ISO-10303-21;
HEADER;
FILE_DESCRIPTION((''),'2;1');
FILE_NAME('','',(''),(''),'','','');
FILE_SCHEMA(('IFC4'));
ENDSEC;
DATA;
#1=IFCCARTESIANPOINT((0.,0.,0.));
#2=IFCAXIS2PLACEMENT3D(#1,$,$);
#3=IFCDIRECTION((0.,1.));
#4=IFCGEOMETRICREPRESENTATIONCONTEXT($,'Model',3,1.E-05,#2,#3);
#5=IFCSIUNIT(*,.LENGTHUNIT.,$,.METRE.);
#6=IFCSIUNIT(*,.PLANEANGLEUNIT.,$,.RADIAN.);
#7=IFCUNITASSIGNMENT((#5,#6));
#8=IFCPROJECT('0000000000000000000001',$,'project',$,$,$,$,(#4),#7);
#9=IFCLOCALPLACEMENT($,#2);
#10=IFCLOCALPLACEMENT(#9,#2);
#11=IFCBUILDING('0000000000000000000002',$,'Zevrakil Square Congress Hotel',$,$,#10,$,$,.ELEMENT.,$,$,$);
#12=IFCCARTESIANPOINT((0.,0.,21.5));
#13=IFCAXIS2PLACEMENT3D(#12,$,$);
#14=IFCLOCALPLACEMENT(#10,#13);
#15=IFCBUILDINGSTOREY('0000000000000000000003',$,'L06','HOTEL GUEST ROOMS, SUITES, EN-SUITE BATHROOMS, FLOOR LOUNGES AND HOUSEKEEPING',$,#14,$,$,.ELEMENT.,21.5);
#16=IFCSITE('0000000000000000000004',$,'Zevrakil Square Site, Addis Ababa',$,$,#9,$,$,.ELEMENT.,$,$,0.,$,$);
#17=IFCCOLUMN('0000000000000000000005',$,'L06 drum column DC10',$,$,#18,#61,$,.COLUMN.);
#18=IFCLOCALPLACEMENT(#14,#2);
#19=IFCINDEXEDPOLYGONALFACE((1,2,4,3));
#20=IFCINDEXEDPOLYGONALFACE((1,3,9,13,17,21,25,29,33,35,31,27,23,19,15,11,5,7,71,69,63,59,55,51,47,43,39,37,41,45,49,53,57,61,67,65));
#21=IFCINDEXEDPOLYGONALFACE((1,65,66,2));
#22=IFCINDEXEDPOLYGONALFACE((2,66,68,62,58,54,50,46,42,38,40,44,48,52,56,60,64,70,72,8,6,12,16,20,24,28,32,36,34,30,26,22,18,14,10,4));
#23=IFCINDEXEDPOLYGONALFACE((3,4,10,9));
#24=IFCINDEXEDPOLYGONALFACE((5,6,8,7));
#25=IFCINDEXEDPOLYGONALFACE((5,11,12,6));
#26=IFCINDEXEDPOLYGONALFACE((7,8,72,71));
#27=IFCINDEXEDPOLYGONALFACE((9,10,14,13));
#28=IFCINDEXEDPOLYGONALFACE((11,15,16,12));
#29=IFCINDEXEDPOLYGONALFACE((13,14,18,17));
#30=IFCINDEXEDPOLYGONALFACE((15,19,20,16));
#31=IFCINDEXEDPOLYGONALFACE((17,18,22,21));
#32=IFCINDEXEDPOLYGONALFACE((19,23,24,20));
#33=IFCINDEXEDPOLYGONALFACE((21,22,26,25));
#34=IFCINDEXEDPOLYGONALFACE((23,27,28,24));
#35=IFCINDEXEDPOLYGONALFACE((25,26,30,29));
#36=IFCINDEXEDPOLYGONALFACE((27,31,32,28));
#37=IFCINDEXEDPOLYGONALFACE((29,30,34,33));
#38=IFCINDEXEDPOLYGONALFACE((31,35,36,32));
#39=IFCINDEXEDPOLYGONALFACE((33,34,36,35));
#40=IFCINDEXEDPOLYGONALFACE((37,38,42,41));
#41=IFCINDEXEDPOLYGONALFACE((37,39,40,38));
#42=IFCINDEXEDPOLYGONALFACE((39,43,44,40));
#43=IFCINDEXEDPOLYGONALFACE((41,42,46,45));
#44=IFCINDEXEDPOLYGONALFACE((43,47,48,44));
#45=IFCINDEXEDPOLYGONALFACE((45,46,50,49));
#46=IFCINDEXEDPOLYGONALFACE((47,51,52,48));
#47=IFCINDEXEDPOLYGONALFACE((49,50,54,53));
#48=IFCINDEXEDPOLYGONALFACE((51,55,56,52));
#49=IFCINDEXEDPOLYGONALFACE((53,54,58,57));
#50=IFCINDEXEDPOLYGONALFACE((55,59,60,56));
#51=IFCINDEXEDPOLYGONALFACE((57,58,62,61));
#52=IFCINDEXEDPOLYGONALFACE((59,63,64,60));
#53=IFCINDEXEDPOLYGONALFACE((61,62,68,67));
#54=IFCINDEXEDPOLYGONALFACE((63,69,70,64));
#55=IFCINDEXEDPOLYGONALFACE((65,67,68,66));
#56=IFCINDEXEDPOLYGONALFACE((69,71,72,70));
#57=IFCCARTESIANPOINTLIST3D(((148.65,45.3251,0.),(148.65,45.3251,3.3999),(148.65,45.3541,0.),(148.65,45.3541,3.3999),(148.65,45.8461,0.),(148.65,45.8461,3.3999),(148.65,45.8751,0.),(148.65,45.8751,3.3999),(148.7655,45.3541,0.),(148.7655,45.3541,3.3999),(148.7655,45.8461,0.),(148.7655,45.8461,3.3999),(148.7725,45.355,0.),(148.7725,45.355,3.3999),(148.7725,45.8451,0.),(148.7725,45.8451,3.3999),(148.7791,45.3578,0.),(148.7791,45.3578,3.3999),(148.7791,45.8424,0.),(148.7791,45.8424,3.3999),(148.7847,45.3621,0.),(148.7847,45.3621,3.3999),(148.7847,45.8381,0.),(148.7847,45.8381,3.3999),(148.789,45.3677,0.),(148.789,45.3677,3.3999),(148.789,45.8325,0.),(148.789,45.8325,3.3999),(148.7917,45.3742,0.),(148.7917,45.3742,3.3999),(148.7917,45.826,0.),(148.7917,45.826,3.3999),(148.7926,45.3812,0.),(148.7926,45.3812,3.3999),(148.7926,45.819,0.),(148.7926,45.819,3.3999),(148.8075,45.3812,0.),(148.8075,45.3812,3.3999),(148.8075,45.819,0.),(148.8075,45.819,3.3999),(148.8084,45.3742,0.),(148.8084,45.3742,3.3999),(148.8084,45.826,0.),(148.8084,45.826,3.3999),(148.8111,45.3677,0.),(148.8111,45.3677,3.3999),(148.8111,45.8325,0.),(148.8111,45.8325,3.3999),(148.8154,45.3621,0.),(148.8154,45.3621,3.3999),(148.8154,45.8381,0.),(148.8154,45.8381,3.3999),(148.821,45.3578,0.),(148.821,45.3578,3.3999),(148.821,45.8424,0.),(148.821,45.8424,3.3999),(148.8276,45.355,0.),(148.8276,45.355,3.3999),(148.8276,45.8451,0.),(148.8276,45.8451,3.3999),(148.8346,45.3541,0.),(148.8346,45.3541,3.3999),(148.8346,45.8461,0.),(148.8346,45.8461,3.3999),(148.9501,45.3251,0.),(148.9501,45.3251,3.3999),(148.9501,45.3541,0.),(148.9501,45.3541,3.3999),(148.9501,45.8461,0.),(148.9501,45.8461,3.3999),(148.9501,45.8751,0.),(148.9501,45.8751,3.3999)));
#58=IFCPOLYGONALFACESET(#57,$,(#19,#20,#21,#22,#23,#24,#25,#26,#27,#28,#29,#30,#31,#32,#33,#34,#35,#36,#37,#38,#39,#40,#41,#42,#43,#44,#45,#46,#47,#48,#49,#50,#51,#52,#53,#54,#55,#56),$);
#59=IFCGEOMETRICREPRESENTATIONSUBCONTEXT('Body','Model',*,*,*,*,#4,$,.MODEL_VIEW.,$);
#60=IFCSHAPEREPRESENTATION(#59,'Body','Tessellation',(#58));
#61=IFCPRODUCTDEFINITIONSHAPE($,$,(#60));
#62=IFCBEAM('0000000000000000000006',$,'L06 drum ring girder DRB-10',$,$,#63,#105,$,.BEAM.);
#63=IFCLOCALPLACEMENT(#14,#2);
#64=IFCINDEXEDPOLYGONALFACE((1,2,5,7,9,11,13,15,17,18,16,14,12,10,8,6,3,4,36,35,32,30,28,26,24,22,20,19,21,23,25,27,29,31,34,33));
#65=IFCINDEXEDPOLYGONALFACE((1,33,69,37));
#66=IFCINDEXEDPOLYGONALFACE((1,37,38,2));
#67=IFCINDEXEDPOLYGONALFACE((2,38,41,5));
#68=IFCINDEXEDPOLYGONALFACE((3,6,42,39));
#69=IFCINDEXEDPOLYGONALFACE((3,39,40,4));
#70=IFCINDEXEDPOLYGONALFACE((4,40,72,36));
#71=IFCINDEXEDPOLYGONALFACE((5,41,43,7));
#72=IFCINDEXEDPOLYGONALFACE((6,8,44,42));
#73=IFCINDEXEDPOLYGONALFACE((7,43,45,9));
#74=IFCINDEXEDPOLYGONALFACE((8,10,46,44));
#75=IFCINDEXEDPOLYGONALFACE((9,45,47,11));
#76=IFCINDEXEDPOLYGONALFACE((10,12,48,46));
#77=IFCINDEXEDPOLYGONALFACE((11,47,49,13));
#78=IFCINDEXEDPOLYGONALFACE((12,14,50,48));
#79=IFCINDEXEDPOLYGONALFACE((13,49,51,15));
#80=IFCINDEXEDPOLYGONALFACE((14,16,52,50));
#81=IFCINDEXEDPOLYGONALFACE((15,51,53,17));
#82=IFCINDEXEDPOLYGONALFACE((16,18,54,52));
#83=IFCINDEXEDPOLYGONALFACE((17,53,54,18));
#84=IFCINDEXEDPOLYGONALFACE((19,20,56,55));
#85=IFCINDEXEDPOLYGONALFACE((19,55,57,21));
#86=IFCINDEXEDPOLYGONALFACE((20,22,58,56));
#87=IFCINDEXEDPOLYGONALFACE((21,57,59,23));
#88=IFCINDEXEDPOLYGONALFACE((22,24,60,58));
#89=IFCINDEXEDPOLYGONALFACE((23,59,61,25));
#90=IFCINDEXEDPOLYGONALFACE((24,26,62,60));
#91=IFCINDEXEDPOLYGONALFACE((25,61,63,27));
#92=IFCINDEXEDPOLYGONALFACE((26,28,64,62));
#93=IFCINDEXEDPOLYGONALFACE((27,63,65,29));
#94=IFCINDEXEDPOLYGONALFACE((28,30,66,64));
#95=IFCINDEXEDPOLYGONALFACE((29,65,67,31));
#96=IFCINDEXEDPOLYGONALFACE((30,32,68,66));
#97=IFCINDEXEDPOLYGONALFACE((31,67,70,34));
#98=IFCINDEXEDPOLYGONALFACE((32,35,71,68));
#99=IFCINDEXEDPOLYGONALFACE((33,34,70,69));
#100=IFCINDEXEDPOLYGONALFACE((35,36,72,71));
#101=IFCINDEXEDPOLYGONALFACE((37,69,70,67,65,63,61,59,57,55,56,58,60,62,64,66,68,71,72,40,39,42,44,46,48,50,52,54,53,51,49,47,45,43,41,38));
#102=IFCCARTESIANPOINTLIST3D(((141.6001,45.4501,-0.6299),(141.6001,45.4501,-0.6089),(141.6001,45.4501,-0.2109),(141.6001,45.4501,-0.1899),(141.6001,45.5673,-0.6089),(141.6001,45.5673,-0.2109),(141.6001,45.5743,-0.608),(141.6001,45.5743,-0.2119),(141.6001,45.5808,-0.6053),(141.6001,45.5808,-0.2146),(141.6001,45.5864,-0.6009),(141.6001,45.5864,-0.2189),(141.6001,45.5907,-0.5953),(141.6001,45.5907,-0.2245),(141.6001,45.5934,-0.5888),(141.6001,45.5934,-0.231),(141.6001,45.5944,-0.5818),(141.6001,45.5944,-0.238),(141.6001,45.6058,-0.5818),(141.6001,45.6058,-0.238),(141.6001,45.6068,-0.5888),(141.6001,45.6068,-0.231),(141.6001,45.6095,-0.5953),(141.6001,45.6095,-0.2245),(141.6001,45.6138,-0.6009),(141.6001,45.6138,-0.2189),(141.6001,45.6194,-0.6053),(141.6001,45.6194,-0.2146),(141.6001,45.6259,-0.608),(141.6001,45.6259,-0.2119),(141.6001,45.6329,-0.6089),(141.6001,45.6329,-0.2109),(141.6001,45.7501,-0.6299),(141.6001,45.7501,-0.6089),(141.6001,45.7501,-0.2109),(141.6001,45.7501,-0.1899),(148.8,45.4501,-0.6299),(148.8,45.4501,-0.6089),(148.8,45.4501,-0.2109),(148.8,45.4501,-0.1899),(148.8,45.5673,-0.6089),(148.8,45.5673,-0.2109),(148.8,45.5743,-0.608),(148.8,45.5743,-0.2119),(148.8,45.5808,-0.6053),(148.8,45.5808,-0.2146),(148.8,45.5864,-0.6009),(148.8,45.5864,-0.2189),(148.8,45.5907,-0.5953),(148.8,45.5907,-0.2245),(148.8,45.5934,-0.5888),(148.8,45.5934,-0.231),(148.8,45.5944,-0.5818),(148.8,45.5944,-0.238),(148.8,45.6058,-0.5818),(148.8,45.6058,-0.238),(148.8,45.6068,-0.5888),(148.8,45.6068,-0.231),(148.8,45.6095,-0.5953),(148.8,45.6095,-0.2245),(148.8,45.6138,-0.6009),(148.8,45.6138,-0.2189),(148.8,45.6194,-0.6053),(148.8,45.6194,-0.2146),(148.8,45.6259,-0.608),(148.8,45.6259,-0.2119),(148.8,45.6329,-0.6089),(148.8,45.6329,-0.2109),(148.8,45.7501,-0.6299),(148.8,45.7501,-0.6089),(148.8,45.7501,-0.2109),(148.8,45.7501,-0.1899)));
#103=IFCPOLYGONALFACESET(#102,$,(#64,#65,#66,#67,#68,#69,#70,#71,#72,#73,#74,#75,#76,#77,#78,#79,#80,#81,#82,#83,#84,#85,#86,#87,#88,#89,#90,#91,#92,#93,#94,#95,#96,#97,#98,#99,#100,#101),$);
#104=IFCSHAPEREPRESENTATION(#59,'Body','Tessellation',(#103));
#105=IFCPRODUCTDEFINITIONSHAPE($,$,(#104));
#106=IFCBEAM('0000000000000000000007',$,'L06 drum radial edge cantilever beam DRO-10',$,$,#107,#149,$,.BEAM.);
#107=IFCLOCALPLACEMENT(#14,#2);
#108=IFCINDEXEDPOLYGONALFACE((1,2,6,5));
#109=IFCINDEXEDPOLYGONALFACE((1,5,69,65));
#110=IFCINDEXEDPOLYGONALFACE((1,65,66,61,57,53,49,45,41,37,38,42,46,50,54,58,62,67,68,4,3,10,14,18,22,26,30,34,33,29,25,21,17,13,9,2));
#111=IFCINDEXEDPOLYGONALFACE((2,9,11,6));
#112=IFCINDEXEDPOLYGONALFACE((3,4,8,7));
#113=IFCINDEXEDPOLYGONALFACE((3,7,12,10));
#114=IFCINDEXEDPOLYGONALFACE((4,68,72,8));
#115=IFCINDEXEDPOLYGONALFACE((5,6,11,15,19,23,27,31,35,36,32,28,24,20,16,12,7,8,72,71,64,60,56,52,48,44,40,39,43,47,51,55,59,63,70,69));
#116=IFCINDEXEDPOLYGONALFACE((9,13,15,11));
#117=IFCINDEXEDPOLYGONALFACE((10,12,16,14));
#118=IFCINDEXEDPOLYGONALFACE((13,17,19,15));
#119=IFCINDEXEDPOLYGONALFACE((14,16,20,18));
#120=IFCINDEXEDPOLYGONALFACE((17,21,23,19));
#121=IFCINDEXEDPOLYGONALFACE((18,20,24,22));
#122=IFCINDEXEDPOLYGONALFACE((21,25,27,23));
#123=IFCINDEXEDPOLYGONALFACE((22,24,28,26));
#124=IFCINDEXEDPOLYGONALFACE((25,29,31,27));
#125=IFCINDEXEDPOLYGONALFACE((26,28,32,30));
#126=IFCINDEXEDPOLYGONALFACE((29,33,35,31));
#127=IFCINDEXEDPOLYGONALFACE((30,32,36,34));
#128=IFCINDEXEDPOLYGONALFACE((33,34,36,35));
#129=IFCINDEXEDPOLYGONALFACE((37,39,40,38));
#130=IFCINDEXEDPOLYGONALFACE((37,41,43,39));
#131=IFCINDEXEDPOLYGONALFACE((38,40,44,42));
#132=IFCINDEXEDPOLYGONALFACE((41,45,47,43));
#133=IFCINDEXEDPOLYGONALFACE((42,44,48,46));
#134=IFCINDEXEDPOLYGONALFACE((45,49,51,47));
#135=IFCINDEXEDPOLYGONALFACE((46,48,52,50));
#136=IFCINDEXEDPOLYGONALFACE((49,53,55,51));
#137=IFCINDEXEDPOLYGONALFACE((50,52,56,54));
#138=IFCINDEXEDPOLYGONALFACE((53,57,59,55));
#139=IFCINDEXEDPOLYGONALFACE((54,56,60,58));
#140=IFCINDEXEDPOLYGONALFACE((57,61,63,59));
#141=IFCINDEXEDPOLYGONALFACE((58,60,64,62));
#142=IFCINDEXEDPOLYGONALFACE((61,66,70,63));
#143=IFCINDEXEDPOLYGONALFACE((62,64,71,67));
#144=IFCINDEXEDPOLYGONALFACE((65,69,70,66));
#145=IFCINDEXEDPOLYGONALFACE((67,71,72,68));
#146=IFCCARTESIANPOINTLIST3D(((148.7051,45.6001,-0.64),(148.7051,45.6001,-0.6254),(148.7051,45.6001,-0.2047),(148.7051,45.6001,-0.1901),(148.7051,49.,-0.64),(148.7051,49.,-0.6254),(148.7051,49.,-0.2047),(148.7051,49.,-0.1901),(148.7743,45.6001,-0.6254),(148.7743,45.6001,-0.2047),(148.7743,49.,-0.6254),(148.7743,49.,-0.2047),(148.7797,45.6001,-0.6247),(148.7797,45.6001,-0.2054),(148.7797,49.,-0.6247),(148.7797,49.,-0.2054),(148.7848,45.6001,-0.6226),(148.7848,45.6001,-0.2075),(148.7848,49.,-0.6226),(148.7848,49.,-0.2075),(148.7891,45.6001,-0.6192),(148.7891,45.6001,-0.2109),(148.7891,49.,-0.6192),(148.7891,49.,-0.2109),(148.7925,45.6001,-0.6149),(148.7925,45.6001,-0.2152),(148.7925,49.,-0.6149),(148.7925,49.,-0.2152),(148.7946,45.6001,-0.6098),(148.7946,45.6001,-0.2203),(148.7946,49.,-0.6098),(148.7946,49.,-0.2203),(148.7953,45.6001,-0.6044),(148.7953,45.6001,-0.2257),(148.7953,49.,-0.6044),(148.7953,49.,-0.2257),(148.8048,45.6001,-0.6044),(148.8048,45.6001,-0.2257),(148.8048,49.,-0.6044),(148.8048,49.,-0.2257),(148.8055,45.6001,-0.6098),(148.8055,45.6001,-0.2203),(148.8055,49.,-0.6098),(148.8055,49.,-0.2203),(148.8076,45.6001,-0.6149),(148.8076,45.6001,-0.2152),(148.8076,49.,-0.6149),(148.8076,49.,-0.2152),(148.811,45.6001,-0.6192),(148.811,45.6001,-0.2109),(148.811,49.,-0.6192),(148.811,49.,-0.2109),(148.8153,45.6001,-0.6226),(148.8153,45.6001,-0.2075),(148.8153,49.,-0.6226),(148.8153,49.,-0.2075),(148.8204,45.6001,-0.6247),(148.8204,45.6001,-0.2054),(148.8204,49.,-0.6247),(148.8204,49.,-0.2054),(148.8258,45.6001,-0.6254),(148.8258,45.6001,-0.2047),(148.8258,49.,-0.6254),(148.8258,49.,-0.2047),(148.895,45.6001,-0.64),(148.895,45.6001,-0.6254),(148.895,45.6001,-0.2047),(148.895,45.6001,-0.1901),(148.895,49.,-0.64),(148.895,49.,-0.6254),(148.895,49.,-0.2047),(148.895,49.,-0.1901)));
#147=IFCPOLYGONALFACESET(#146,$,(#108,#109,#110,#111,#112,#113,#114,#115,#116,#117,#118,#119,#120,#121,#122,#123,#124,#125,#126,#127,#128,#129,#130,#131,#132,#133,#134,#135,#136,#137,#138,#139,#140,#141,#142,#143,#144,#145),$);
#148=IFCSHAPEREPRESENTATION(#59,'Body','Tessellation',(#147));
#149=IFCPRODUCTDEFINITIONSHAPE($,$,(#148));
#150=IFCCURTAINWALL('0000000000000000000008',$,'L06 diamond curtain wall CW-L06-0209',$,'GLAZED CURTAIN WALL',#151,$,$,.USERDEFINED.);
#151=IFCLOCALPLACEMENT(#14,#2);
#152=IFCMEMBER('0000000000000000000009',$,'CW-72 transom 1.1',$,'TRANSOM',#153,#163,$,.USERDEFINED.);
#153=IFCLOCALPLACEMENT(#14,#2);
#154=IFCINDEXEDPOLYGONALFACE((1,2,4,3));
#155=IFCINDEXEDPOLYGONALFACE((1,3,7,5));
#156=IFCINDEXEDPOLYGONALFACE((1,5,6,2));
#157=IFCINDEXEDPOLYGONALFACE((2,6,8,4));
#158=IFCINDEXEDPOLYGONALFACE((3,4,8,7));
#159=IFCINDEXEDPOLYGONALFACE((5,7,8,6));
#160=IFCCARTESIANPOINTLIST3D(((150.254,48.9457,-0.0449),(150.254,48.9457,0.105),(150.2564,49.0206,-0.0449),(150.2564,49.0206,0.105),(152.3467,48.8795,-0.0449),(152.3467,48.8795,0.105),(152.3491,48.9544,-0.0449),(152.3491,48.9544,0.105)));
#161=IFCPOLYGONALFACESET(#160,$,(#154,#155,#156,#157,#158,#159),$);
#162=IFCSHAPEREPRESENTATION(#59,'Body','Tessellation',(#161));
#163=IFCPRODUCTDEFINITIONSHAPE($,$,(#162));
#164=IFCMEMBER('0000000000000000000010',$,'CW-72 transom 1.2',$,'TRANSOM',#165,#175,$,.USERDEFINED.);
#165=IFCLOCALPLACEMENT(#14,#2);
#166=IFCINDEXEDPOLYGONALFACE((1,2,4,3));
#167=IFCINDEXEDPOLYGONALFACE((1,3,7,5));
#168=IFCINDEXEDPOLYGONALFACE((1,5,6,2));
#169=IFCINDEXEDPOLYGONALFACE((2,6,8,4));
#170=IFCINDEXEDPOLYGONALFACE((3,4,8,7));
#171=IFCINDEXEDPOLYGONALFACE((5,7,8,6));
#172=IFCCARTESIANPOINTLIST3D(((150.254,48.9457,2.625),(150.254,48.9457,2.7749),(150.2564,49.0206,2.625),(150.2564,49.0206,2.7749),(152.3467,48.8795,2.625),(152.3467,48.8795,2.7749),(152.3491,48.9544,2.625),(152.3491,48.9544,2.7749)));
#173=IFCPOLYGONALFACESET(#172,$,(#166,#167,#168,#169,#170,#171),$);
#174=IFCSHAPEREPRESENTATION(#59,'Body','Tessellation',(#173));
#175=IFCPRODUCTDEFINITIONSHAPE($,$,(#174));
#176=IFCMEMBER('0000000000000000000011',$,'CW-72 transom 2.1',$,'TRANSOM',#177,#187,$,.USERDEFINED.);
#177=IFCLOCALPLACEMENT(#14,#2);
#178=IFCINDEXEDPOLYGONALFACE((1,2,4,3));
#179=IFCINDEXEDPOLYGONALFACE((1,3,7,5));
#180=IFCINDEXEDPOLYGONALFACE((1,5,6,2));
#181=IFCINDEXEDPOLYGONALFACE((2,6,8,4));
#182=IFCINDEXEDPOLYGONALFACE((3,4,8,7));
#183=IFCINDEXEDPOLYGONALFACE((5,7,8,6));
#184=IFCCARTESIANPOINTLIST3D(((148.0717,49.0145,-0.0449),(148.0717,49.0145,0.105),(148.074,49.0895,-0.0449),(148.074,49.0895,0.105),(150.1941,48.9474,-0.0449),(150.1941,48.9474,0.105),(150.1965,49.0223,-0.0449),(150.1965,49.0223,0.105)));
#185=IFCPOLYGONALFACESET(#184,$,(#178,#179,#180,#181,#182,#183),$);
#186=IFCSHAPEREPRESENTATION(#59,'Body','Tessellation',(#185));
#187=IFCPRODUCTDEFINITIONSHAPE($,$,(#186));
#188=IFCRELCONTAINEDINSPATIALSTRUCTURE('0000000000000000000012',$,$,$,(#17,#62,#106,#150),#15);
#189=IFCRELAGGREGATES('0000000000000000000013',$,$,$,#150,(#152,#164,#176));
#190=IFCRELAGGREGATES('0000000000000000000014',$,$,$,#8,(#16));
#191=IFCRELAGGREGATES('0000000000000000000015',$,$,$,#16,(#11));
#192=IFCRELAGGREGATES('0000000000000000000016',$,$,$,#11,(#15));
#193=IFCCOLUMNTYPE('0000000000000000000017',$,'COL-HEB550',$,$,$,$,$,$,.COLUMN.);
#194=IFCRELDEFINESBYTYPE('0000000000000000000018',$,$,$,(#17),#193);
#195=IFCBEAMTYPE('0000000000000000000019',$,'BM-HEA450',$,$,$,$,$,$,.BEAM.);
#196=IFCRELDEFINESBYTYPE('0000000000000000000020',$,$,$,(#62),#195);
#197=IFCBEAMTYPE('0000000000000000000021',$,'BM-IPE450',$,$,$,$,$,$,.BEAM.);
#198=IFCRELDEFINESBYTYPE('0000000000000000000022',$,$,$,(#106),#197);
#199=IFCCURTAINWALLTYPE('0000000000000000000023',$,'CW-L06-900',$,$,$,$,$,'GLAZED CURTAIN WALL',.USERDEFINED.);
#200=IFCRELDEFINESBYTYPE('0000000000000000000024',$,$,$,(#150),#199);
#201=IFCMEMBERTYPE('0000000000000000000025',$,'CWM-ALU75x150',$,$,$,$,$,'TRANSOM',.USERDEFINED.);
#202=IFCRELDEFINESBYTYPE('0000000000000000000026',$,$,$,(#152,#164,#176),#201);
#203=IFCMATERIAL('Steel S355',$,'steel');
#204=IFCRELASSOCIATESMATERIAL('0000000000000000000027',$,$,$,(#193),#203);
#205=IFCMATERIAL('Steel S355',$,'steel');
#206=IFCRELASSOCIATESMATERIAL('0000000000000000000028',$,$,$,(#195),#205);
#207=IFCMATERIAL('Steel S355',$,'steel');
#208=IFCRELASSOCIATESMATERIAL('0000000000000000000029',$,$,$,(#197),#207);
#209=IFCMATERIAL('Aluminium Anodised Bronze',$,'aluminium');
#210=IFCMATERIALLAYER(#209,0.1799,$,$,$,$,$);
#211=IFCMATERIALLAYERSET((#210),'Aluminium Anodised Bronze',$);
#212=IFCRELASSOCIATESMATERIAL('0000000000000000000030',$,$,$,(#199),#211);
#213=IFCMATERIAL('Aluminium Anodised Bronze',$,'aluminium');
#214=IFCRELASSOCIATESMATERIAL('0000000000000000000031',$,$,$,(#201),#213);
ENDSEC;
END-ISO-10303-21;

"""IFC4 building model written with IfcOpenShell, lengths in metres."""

from ifc_helpers import new_model, si_unit, direction, frame, origin, origin_2d, place, context, subcontext, project, spatial, rectangle, i_section, extrude, material, layer, layer_set, material_profile, profile_set, type_object, element, aggregate, save


model = new_model("IFC4")

# Units and contexts
model_context = context("Model", 3, precision=1e-05, world=origin(), true_north=direction((0.0, 1.0)))
body_context = subcontext(model_context, "Body", "Model", "MODEL_VIEW")
ifc_project = project(units=[si_unit("LENGTHUNIT", "METRE"), si_unit("PLANEANGLEUNIT", "RADIAN")], contexts=[model_context])

# Site, building, storey
site_placement = place(None, origin())
site = spatial("IfcSite", under=ifc_project, at=site_placement, Name="Zevrakil Square Site, Addis Ababa", CompositionType="ELEMENT", RefElevation=0.0)
building_placement = place(site_placement, origin())
building = spatial("IfcBuilding", under=site, at=building_placement, Name="Zevrakil Square Congress Hotel", CompositionType="ELEMENT")
storey_placement = place(building_placement, frame((0.0, 0.0, 21.5)))
storey = spatial("IfcBuildingStorey", under=building, at=storey_placement, Name="L06", Description="HOTEL GUEST ROOMS, SUITES, EN-SUITE BATHROOMS, FLOOR LOUNGES AND HOUSEKEEPING", CompositionType="ELEMENT", Elevation=21.5)

# Column
ifc_material_1 = material(Name="Steel S355", Category="steel")
ifc_material_profile_1 = material_profile(ifc_material_1, i_section(OverallWidth=0.3, OverallDepth=0.55, WebThickness=0.0149, FlangeThickness=0.0291, FilletRadius=0.0271, at=origin_2d()), Name="HEB 550")
ifc_profile_set_1 = profile_set([ifc_material_profile_1], Name="Steel S355")
column_type = type_object("IfcColumnType", Name="COL-HEB550", PredefinedType="COLUMN", material=ifc_profile_set_1)
column_placement = place(storey_placement, frame((148.8, 45.6001, 0.0), z_axis=(0.0, 0.0, 1.0), x_axis=(1.0, 0.0, 0.0)))
element("IfcColumn", 1, at=column_placement, inside=storey, type_object=column_type, Name="L06 drum column DC10", PredefinedType="COLUMN", context=body_context, shape_type="SweptSolid", body=[
    extrude(i_section(OverallWidth=0.3, OverallDepth=0.55, WebThickness=0.0149, FlangeThickness=0.0291, FilletRadius=0.0271, at=origin_2d()), origin(), (0.0, 0.0, 1.0), 3.3999),
])

# Beams
ifc_material_2 = material(Name="Steel S355", Category="steel")
ifc_material_profile_2 = material_profile(ifc_material_2, i_section(OverallWidth=0.3, OverallDepth=0.4399, WebThickness=0.0115, FlangeThickness=0.021, FilletRadius=0.0271, at=origin_2d()), Name="HEA 450")
ifc_profile_set_2 = profile_set([ifc_material_profile_2], Name="Steel S355")
beam_type_1 = type_object("IfcBeamType", Name="BM-HEA450", PredefinedType="BEAM", material=ifc_profile_set_2)
beam_1_placement = place(storey_placement, frame((148.8, 45.6001, -0.4099), z_axis=(-1.0, 0.0, 0.0), x_axis=(0.0, -1.0, 0.0)))
element("IfcBeam", 2, at=beam_1_placement, inside=storey, type_object=beam_type_1, Name="L06 drum ring girder DRB-10", PredefinedType="BEAM", context=body_context, shape_type="SweptSolid", body=[
    extrude(i_section(OverallWidth=0.3, OverallDepth=0.4399, WebThickness=0.0115, FlangeThickness=0.021, FilletRadius=0.0271, at=origin_2d()), origin(), (0.0, 0.0, 1.0), 7.2),
])
ifc_material_3 = material(Name="Steel S355", Category="steel")
ifc_material_profile_3 = material_profile(ifc_material_3, i_section(OverallWidth=0.1899, OverallDepth=0.45, WebThickness=0.0095, FlangeThickness=0.0146, FilletRadius=0.021, at=origin_2d()), Name="IPE 450")
ifc_profile_set_3 = profile_set([ifc_material_profile_3], Name="Steel S355")
beam_type_2 = type_object("IfcBeamType", Name="BM-IPE450", PredefinedType="BEAM", material=ifc_profile_set_3)
beam_2_placement = place(storey_placement, frame((148.8, 45.6001, -0.415), z_axis=(0.0, 1.0, 0.0), x_axis=(-1.0, 0.0, 0.0)))
element("IfcBeam", 3, at=beam_2_placement, inside=storey, type_object=beam_type_2, Name="L06 drum radial edge cantilever beam DRO-10", PredefinedType="BEAM", context=body_context, shape_type="SweptSolid", body=[
    extrude(i_section(OverallWidth=0.1899, OverallDepth=0.45, WebThickness=0.0095, FlangeThickness=0.0146, FilletRadius=0.021, at=origin_2d()), origin(), (0.0, 0.0, 1.0), 3.3999),
])

# Curtain wall, members
ifc_material_4 = material(Name="Aluminium Anodised Bronze", Category="aluminium")
ifc_layer_1 = layer(ifc_material_4, 0.1799)
ifc_layer_set_1 = layer_set([ifc_layer_1], Name="Aluminium Anodised Bronze")
curtain_wall_type = type_object("IfcCurtainWallType", Name="CW-L06-900", ElementType="GLAZED CURTAIN WALL", PredefinedType="USERDEFINED", material=ifc_layer_set_1)
curtain_wall_placement = place(storey_placement, origin())
curtain_wall = element("IfcCurtainWall", 4, at=curtain_wall_placement, inside=storey, type_object=curtain_wall_type, Name="L06 diamond curtain wall CW-L06-0209", ObjectType="GLAZED CURTAIN WALL", PredefinedType="USERDEFINED")
ifc_material_5 = material(Name="Aluminium Anodised Bronze", Category="aluminium")
ifc_material_profile_4 = material_profile(ifc_material_5, rectangle(XDim=0.075, YDim=0.1499, at=origin_2d()), Name="ALU 75x150")
ifc_profile_set_4 = profile_set([ifc_material_profile_4], Name="Aluminium Anodised Bronze")
member_type_1 = type_object("IfcMemberType", Name="CWM-ALU75x150", ElementType="TRANSOM", PredefinedType="USERDEFINED", material=ifc_profile_set_4)
member_1_placement = place(storey_placement, frame((152.3479, 48.917, 0.03), z_axis=(-0.999501, 0.031599, 0.0), x_axis=(-0.031599, -0.999501, 0.0)))
member_1 = element("IfcMember", 5, at=member_1_placement, type_object=member_type_1, Name="CW-72 transom 1.1", ObjectType="TRANSOM", PredefinedType="USERDEFINED", context=body_context, shape_type="SweptSolid", body=[
    extrude(rectangle(XDim=0.075, YDim=0.1499, at=origin_2d()), origin(), (0.0, 0.0, 1.0), 2.0938),
])
member_2_placement = place(storey_placement, frame((152.3479, 48.917, 2.7), z_axis=(-0.999501, 0.031599, 0.0), x_axis=(-0.031599, -0.999501, 0.0)))
member_2 = element("IfcMember", 6, at=member_2_placement, type_object=member_type_1, Name="CW-72 transom 1.2", ObjectType="TRANSOM", PredefinedType="USERDEFINED", context=body_context, shape_type="SweptSolid", body=[
    extrude(rectangle(XDim=0.075, YDim=0.1499, at=origin_2d()), origin(), (0.0, 0.0, 1.0), 2.0938),
])
member_3_placement = place(storey_placement, frame((150.1953, 48.9849, 0.03), z_axis=(-0.9995, 0.031615, 0.0), x_axis=(-0.031615, -0.9995, 0.0)))
member_3 = element("IfcMember", 7, at=member_3_placement, type_object=member_type_1, Name="CW-72 transom 2.1", ObjectType="TRANSOM", PredefinedType="USERDEFINED", context=body_context, shape_type="SweptSolid", body=[
    extrude(rectangle(XDim=0.075, YDim=0.1499, at=origin_2d()), origin(), (0.0, 0.0, 1.0), 2.1235),
])

aggregate(curtain_wall, [member_1, member_2, member_3])

save(model, "model.ifc")
